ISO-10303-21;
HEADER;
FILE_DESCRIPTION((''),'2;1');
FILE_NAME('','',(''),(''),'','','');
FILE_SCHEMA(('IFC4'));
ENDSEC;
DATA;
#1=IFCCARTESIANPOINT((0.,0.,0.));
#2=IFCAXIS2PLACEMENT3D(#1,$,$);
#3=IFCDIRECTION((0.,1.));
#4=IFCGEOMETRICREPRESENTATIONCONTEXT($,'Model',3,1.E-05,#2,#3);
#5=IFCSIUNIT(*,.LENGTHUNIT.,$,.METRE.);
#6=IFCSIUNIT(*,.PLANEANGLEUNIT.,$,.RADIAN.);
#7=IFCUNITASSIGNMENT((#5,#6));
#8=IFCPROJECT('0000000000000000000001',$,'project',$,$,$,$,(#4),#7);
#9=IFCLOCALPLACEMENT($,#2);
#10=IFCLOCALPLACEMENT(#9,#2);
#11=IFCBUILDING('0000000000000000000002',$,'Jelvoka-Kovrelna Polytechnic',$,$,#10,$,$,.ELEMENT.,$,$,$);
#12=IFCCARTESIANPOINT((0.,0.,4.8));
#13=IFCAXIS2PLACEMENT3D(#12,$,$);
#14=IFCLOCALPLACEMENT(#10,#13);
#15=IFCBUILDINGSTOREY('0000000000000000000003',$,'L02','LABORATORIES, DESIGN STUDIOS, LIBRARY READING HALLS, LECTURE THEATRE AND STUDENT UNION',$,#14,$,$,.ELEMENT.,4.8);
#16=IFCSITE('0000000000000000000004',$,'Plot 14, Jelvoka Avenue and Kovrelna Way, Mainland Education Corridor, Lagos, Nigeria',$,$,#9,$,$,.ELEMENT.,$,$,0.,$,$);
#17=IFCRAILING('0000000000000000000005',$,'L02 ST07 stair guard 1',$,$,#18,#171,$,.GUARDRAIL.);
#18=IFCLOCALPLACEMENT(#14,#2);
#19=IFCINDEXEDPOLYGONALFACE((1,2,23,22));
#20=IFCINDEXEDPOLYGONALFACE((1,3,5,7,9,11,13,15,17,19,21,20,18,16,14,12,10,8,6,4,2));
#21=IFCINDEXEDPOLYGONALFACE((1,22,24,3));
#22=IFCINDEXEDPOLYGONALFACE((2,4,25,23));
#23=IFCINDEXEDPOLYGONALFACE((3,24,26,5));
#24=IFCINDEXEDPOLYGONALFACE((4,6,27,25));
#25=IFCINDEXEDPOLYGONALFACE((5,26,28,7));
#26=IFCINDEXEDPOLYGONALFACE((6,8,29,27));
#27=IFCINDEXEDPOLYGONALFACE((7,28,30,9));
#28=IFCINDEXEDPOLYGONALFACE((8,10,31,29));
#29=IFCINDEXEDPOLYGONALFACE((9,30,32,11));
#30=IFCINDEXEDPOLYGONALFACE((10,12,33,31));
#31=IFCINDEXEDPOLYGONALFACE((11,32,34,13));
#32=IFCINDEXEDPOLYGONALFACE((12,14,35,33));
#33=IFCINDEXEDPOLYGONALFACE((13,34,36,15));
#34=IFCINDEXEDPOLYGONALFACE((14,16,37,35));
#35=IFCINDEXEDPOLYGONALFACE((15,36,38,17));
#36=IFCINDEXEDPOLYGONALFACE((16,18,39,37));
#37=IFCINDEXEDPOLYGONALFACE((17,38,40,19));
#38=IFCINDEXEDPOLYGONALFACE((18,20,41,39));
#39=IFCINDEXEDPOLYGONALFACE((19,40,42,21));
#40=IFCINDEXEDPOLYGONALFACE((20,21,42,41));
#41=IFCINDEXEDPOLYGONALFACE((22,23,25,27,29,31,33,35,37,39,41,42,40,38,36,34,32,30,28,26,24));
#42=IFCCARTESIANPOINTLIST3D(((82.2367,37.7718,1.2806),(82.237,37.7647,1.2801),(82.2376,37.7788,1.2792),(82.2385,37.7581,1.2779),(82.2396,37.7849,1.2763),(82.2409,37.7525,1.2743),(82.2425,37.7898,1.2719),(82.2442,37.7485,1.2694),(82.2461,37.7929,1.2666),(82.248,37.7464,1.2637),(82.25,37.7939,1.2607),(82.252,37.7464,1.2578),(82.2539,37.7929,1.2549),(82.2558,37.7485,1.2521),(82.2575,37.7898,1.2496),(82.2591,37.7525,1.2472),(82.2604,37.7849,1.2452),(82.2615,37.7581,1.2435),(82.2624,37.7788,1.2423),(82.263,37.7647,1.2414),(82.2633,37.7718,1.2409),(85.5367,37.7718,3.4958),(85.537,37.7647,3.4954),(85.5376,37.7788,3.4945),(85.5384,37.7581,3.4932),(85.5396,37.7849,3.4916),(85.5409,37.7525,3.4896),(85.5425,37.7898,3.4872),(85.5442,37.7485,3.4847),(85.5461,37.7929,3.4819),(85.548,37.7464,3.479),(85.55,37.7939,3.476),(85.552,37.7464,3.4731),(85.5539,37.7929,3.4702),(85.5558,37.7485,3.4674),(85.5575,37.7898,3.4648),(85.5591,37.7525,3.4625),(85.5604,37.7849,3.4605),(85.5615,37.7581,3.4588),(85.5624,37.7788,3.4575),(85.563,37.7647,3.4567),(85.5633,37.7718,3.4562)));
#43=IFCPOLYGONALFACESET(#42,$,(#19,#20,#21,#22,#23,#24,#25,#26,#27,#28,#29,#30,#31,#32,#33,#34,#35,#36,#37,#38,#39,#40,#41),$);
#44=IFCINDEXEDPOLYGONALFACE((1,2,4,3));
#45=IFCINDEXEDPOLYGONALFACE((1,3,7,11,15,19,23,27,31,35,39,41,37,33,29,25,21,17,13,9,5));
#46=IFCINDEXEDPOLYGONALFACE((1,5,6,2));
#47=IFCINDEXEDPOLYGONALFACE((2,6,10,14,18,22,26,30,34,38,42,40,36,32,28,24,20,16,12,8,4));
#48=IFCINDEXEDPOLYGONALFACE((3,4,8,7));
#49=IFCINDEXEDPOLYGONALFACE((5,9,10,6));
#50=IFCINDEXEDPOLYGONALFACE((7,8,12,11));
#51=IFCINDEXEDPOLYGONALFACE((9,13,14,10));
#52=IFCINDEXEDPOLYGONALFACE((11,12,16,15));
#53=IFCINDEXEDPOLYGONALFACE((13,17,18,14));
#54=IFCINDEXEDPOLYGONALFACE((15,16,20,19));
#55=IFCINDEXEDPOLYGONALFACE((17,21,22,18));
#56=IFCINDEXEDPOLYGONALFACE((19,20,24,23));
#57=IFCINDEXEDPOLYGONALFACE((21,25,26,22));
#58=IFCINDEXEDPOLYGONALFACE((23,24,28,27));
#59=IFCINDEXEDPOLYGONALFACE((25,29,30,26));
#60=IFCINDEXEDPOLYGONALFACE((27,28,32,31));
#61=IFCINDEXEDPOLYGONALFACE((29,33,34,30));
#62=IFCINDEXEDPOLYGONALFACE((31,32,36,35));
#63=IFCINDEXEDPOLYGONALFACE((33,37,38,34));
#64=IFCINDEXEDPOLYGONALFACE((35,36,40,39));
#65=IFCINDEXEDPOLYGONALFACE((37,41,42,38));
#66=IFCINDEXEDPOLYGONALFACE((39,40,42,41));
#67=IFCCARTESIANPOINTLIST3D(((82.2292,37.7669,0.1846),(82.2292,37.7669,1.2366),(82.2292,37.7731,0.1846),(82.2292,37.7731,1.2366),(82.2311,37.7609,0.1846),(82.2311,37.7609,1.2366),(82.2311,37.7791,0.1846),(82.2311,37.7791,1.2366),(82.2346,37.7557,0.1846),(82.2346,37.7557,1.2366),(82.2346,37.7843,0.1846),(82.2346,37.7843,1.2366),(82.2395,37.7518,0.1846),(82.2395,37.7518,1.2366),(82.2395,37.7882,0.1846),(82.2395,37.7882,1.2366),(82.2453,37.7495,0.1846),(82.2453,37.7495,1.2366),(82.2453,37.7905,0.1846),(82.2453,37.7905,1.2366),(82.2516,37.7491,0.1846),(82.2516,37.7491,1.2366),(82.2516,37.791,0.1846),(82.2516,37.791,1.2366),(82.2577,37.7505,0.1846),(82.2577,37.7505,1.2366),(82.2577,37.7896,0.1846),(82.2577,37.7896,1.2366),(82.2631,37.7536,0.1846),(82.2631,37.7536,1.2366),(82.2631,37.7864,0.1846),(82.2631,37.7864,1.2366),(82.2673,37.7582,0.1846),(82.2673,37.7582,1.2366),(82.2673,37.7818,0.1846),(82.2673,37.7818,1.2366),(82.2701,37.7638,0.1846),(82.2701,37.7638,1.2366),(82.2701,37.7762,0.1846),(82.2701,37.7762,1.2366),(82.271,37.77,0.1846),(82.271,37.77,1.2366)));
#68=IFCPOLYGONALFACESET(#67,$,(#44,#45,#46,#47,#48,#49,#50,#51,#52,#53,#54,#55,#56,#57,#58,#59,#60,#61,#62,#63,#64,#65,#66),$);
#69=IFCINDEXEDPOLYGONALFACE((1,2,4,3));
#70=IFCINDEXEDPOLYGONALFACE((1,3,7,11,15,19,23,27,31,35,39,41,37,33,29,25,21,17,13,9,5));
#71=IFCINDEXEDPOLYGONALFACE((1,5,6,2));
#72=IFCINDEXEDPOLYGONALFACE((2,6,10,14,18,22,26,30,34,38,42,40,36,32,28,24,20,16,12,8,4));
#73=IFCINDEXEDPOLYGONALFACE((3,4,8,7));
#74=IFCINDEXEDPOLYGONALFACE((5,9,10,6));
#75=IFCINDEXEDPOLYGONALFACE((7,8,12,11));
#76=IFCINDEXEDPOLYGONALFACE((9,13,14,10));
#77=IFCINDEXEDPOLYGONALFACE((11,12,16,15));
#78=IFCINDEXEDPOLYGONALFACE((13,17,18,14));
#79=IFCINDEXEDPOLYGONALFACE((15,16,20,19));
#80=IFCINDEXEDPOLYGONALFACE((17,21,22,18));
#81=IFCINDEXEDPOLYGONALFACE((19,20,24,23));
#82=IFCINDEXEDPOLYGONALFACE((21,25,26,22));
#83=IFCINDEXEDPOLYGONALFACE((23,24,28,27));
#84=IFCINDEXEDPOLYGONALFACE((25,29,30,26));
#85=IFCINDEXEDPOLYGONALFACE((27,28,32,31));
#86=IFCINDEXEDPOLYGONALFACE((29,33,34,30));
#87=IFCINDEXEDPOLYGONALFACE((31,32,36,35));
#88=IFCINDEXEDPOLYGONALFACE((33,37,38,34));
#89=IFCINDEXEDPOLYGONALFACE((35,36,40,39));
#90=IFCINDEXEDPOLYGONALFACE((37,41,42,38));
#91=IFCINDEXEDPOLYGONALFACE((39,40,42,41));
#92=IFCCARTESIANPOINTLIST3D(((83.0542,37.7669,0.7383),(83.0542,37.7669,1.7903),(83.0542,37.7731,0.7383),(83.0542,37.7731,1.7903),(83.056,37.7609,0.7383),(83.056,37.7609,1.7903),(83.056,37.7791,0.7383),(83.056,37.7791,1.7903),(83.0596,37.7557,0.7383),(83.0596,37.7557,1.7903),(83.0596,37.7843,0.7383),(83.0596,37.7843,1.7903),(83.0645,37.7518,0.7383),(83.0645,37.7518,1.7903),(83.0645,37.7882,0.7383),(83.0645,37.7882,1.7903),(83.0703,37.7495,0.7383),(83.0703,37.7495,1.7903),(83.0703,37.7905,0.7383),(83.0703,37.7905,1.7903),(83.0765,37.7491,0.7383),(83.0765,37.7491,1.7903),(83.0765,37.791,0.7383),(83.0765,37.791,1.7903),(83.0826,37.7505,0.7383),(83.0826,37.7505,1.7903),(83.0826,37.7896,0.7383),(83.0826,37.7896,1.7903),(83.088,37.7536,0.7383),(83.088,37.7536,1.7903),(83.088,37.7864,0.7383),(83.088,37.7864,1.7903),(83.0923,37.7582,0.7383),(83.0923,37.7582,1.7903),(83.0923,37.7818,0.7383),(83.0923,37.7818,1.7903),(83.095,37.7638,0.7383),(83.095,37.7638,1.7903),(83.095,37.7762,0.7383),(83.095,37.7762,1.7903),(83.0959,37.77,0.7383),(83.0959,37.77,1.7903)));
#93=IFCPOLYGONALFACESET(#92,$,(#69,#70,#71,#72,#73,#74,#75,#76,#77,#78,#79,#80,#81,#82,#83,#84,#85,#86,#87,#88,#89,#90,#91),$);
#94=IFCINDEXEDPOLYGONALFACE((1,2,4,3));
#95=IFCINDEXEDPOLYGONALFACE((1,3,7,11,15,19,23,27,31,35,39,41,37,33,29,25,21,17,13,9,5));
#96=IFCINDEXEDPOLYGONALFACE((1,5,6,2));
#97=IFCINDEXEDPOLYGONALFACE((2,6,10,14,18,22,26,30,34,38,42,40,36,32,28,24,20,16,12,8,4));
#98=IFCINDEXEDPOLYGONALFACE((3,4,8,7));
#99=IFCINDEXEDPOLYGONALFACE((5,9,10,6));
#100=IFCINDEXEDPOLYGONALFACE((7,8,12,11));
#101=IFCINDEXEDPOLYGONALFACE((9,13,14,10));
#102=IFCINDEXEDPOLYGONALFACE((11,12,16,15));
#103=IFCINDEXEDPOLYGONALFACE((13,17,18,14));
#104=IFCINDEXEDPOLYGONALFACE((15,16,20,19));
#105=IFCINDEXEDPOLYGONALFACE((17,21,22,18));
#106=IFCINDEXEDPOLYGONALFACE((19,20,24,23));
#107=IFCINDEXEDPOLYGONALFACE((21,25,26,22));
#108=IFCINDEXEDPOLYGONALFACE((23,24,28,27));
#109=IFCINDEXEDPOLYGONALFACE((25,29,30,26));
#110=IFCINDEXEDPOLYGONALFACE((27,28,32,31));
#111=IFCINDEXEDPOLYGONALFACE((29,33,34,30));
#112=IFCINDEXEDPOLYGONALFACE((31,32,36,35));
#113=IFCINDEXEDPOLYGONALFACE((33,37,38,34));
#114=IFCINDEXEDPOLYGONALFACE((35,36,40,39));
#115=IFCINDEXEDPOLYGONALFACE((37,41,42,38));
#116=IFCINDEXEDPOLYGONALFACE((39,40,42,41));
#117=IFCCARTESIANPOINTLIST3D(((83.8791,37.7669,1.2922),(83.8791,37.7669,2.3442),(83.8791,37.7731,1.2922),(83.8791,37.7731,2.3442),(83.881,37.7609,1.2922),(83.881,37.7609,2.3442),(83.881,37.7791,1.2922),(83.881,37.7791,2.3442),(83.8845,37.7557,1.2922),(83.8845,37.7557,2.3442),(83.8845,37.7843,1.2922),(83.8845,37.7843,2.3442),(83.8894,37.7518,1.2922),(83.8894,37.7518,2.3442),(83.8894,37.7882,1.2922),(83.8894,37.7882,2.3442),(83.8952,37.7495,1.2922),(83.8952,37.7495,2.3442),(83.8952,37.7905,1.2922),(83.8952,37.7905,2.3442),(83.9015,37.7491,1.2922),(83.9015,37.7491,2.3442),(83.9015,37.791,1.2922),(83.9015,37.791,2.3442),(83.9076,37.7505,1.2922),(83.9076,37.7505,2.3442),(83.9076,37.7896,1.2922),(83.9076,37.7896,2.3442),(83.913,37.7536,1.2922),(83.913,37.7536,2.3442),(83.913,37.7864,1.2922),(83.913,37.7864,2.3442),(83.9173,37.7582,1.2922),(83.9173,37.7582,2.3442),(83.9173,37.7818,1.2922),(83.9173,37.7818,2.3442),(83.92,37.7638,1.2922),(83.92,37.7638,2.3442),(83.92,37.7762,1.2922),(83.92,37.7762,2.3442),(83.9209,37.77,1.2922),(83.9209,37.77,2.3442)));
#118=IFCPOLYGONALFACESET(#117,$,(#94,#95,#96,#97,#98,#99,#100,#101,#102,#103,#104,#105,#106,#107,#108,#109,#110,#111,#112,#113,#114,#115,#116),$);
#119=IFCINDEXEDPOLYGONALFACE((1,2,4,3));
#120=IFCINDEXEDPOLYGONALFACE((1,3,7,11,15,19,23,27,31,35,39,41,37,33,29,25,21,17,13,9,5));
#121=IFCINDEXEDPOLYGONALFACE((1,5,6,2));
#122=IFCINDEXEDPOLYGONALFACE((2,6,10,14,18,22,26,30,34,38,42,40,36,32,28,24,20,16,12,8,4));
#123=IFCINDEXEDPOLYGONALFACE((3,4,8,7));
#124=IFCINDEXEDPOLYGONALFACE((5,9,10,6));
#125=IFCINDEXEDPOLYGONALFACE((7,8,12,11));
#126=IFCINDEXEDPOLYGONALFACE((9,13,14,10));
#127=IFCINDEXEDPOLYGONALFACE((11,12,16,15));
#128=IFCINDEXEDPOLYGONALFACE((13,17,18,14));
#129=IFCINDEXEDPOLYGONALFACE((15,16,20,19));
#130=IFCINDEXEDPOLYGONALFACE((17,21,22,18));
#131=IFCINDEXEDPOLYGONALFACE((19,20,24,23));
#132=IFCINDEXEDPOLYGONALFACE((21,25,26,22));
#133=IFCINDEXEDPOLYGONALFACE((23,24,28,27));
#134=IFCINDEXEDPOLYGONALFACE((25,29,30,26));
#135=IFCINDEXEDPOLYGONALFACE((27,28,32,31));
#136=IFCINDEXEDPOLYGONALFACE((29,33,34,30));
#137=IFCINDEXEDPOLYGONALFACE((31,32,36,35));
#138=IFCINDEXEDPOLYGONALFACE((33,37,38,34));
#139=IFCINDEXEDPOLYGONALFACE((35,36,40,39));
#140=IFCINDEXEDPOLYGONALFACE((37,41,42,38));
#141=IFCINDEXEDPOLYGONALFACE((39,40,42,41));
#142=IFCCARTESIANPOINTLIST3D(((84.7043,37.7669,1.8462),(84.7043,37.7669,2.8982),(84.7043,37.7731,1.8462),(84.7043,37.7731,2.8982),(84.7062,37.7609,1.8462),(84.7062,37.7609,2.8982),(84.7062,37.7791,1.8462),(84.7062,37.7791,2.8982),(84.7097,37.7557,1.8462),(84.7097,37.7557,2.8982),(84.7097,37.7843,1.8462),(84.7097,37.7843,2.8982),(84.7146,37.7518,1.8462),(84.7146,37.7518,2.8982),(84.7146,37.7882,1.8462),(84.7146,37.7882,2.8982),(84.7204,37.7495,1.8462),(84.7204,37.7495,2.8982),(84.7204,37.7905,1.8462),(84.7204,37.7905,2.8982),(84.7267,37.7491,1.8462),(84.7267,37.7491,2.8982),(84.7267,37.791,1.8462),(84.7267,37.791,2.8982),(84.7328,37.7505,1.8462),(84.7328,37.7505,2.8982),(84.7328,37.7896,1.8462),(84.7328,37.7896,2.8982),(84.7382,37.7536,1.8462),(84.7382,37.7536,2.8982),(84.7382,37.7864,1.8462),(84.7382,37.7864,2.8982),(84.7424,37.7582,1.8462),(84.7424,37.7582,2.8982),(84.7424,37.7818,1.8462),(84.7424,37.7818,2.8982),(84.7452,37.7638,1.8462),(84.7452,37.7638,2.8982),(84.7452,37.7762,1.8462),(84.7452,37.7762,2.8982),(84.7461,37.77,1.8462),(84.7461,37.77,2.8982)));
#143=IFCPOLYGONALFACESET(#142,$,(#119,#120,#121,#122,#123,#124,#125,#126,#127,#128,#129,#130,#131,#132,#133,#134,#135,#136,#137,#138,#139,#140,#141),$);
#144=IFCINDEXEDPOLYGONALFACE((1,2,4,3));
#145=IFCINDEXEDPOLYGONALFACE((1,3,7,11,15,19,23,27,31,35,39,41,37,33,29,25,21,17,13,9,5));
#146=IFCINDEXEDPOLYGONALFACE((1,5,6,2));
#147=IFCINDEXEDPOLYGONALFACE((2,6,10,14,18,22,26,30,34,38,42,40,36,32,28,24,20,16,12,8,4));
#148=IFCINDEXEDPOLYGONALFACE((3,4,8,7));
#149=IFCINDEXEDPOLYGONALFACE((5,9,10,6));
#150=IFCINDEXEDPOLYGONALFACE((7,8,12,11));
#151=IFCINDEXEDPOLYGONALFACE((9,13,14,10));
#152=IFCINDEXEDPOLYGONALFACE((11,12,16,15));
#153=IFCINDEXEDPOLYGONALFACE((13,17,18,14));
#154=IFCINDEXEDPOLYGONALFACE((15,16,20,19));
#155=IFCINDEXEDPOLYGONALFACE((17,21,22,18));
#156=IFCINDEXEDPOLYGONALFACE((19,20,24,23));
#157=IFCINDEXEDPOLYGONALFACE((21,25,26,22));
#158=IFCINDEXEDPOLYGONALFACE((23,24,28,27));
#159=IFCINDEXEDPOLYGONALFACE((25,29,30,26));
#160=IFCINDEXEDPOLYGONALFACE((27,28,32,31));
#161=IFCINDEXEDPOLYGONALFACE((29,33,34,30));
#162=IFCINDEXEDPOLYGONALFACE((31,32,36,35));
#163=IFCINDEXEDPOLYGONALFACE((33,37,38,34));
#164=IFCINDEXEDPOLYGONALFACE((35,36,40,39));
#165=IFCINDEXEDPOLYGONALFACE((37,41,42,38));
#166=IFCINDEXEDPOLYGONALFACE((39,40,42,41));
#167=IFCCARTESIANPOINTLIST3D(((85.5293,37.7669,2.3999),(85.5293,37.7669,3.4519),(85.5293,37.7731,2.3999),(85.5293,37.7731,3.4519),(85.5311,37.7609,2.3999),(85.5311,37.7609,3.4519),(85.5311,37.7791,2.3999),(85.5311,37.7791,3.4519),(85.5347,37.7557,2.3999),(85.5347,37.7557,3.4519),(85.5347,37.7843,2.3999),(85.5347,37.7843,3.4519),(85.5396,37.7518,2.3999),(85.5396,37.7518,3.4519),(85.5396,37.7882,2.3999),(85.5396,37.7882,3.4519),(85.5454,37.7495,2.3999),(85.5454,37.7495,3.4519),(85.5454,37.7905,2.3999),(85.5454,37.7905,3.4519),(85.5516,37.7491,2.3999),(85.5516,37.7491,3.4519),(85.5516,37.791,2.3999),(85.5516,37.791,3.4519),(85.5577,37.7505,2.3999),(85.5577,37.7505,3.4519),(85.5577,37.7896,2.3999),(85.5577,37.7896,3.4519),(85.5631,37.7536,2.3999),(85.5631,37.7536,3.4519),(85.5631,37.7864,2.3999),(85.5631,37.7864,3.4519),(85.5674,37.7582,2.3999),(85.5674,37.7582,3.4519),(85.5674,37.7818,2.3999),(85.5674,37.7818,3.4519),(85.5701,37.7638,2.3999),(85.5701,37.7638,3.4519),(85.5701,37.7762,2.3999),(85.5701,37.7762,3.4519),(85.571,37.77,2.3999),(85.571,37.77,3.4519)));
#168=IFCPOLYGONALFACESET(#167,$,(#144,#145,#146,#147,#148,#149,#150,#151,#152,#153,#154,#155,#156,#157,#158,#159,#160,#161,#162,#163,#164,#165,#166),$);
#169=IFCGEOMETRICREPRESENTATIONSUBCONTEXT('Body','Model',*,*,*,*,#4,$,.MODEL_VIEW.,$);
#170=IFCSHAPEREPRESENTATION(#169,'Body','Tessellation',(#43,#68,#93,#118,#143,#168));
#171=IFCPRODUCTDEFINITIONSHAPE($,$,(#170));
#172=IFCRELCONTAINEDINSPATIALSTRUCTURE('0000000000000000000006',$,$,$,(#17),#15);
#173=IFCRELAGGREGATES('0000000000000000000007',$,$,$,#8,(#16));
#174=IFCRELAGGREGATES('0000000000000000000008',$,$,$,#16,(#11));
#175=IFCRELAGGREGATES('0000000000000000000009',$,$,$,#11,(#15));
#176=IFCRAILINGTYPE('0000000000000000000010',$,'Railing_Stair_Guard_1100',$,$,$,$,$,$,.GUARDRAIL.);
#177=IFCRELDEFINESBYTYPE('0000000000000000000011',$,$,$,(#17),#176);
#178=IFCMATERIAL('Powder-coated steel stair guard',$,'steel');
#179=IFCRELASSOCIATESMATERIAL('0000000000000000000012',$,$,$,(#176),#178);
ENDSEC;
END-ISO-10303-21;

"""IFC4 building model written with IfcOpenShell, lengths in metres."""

from ifc_helpers import new_model, si_unit, direction, frame, origin, origin_2d, place, context, subcontext, project, spatial, circle, extrude, material, type_object, element, save


model = new_model("IFC4")

# Units and contexts
model_context = context("Model", 3, precision=1e-05, world=origin(), true_north=direction((0.0, 1.0)))
body_context = subcontext(model_context, "Body", "Model", "MODEL_VIEW")
ifc_project = project(units=[si_unit("LENGTHUNIT", "METRE"), si_unit("PLANEANGLEUNIT", "RADIAN")], contexts=[model_context])

# Site, building, storey
site_placement = place(None, origin())
site = spatial("IfcSite", under=ifc_project, at=site_placement, Name="Plot 14, Jelvoka Avenue and Kovrelna Way, Mainland Education Corridor, Lagos, Nigeria", CompositionType="ELEMENT", RefElevation=0.0)
building_placement = place(site_placement, origin())
building = spatial("IfcBuilding", under=site, at=building_placement, Name="Jelvoka-Kovrelna Polytechnic", CompositionType="ELEMENT")
storey_placement = place(building_placement, frame((0.0, 0.0, 4.8)))
storey = spatial("IfcBuildingStorey", under=building, at=storey_placement, Name="L02", Description="LABORATORIES, DESIGN STUDIOS, LIBRARY READING HALLS, LECTURE THEATRE AND STUDENT UNION", CompositionType="ELEMENT", Elevation=4.8)

# Railing
ifc_material_1 = material(Name="Powder-coated steel stair guard", Category="steel")
railing_type_1 = type_object("IfcRailingType", Name="Railing_Stair_Guard_1100", PredefinedType="GUARDRAIL", material=ifc_material_1)
railing_1_placement = place(storey_placement, frame((82.25, 37.77, 0.1846)))
element("IfcRailing", 1, at=railing_1_placement, inside=storey, type_object=railing_type_1, Name="L02 ST07 stair guard 1", PredefinedType="GUARDRAIL", context=body_context, shape_type="SweptSolid", body=[
    extrude(circle(Radius=0.0239, at=origin_2d()), frame((0.0, 0.0, 1.0762), z_axis=(0.830269, 0.0, 0.557362), x_axis=(0.0, 1.0, 0.0)), (0.0, 0.0, 1.0), 3.9746),
    extrude(circle(Radius=0.021, at=origin_2d()), origin(), (0.0, 0.0, 1.0), 1.052),
    extrude(circle(Radius=0.021, at=origin_2d()), frame((0.825, 0.0, 0.5537)), (0.0, 0.0, 1.0), 1.052),
    extrude(circle(Radius=0.021, at=origin_2d()), frame((1.6499, 0.0, 1.1077)), (0.0, 0.0, 1.0), 1.052),
    extrude(circle(Radius=0.021, at=origin_2d()), frame((2.4751, 0.0, 1.6616)), (0.0, 0.0, 1.0), 1.052),
    extrude(circle(Radius=0.021, at=origin_2d()), frame((3.3, 0.0, 2.2153)), (0.0, 0.0, 1.0), 1.052),
])

save(model, "model.ifc")
